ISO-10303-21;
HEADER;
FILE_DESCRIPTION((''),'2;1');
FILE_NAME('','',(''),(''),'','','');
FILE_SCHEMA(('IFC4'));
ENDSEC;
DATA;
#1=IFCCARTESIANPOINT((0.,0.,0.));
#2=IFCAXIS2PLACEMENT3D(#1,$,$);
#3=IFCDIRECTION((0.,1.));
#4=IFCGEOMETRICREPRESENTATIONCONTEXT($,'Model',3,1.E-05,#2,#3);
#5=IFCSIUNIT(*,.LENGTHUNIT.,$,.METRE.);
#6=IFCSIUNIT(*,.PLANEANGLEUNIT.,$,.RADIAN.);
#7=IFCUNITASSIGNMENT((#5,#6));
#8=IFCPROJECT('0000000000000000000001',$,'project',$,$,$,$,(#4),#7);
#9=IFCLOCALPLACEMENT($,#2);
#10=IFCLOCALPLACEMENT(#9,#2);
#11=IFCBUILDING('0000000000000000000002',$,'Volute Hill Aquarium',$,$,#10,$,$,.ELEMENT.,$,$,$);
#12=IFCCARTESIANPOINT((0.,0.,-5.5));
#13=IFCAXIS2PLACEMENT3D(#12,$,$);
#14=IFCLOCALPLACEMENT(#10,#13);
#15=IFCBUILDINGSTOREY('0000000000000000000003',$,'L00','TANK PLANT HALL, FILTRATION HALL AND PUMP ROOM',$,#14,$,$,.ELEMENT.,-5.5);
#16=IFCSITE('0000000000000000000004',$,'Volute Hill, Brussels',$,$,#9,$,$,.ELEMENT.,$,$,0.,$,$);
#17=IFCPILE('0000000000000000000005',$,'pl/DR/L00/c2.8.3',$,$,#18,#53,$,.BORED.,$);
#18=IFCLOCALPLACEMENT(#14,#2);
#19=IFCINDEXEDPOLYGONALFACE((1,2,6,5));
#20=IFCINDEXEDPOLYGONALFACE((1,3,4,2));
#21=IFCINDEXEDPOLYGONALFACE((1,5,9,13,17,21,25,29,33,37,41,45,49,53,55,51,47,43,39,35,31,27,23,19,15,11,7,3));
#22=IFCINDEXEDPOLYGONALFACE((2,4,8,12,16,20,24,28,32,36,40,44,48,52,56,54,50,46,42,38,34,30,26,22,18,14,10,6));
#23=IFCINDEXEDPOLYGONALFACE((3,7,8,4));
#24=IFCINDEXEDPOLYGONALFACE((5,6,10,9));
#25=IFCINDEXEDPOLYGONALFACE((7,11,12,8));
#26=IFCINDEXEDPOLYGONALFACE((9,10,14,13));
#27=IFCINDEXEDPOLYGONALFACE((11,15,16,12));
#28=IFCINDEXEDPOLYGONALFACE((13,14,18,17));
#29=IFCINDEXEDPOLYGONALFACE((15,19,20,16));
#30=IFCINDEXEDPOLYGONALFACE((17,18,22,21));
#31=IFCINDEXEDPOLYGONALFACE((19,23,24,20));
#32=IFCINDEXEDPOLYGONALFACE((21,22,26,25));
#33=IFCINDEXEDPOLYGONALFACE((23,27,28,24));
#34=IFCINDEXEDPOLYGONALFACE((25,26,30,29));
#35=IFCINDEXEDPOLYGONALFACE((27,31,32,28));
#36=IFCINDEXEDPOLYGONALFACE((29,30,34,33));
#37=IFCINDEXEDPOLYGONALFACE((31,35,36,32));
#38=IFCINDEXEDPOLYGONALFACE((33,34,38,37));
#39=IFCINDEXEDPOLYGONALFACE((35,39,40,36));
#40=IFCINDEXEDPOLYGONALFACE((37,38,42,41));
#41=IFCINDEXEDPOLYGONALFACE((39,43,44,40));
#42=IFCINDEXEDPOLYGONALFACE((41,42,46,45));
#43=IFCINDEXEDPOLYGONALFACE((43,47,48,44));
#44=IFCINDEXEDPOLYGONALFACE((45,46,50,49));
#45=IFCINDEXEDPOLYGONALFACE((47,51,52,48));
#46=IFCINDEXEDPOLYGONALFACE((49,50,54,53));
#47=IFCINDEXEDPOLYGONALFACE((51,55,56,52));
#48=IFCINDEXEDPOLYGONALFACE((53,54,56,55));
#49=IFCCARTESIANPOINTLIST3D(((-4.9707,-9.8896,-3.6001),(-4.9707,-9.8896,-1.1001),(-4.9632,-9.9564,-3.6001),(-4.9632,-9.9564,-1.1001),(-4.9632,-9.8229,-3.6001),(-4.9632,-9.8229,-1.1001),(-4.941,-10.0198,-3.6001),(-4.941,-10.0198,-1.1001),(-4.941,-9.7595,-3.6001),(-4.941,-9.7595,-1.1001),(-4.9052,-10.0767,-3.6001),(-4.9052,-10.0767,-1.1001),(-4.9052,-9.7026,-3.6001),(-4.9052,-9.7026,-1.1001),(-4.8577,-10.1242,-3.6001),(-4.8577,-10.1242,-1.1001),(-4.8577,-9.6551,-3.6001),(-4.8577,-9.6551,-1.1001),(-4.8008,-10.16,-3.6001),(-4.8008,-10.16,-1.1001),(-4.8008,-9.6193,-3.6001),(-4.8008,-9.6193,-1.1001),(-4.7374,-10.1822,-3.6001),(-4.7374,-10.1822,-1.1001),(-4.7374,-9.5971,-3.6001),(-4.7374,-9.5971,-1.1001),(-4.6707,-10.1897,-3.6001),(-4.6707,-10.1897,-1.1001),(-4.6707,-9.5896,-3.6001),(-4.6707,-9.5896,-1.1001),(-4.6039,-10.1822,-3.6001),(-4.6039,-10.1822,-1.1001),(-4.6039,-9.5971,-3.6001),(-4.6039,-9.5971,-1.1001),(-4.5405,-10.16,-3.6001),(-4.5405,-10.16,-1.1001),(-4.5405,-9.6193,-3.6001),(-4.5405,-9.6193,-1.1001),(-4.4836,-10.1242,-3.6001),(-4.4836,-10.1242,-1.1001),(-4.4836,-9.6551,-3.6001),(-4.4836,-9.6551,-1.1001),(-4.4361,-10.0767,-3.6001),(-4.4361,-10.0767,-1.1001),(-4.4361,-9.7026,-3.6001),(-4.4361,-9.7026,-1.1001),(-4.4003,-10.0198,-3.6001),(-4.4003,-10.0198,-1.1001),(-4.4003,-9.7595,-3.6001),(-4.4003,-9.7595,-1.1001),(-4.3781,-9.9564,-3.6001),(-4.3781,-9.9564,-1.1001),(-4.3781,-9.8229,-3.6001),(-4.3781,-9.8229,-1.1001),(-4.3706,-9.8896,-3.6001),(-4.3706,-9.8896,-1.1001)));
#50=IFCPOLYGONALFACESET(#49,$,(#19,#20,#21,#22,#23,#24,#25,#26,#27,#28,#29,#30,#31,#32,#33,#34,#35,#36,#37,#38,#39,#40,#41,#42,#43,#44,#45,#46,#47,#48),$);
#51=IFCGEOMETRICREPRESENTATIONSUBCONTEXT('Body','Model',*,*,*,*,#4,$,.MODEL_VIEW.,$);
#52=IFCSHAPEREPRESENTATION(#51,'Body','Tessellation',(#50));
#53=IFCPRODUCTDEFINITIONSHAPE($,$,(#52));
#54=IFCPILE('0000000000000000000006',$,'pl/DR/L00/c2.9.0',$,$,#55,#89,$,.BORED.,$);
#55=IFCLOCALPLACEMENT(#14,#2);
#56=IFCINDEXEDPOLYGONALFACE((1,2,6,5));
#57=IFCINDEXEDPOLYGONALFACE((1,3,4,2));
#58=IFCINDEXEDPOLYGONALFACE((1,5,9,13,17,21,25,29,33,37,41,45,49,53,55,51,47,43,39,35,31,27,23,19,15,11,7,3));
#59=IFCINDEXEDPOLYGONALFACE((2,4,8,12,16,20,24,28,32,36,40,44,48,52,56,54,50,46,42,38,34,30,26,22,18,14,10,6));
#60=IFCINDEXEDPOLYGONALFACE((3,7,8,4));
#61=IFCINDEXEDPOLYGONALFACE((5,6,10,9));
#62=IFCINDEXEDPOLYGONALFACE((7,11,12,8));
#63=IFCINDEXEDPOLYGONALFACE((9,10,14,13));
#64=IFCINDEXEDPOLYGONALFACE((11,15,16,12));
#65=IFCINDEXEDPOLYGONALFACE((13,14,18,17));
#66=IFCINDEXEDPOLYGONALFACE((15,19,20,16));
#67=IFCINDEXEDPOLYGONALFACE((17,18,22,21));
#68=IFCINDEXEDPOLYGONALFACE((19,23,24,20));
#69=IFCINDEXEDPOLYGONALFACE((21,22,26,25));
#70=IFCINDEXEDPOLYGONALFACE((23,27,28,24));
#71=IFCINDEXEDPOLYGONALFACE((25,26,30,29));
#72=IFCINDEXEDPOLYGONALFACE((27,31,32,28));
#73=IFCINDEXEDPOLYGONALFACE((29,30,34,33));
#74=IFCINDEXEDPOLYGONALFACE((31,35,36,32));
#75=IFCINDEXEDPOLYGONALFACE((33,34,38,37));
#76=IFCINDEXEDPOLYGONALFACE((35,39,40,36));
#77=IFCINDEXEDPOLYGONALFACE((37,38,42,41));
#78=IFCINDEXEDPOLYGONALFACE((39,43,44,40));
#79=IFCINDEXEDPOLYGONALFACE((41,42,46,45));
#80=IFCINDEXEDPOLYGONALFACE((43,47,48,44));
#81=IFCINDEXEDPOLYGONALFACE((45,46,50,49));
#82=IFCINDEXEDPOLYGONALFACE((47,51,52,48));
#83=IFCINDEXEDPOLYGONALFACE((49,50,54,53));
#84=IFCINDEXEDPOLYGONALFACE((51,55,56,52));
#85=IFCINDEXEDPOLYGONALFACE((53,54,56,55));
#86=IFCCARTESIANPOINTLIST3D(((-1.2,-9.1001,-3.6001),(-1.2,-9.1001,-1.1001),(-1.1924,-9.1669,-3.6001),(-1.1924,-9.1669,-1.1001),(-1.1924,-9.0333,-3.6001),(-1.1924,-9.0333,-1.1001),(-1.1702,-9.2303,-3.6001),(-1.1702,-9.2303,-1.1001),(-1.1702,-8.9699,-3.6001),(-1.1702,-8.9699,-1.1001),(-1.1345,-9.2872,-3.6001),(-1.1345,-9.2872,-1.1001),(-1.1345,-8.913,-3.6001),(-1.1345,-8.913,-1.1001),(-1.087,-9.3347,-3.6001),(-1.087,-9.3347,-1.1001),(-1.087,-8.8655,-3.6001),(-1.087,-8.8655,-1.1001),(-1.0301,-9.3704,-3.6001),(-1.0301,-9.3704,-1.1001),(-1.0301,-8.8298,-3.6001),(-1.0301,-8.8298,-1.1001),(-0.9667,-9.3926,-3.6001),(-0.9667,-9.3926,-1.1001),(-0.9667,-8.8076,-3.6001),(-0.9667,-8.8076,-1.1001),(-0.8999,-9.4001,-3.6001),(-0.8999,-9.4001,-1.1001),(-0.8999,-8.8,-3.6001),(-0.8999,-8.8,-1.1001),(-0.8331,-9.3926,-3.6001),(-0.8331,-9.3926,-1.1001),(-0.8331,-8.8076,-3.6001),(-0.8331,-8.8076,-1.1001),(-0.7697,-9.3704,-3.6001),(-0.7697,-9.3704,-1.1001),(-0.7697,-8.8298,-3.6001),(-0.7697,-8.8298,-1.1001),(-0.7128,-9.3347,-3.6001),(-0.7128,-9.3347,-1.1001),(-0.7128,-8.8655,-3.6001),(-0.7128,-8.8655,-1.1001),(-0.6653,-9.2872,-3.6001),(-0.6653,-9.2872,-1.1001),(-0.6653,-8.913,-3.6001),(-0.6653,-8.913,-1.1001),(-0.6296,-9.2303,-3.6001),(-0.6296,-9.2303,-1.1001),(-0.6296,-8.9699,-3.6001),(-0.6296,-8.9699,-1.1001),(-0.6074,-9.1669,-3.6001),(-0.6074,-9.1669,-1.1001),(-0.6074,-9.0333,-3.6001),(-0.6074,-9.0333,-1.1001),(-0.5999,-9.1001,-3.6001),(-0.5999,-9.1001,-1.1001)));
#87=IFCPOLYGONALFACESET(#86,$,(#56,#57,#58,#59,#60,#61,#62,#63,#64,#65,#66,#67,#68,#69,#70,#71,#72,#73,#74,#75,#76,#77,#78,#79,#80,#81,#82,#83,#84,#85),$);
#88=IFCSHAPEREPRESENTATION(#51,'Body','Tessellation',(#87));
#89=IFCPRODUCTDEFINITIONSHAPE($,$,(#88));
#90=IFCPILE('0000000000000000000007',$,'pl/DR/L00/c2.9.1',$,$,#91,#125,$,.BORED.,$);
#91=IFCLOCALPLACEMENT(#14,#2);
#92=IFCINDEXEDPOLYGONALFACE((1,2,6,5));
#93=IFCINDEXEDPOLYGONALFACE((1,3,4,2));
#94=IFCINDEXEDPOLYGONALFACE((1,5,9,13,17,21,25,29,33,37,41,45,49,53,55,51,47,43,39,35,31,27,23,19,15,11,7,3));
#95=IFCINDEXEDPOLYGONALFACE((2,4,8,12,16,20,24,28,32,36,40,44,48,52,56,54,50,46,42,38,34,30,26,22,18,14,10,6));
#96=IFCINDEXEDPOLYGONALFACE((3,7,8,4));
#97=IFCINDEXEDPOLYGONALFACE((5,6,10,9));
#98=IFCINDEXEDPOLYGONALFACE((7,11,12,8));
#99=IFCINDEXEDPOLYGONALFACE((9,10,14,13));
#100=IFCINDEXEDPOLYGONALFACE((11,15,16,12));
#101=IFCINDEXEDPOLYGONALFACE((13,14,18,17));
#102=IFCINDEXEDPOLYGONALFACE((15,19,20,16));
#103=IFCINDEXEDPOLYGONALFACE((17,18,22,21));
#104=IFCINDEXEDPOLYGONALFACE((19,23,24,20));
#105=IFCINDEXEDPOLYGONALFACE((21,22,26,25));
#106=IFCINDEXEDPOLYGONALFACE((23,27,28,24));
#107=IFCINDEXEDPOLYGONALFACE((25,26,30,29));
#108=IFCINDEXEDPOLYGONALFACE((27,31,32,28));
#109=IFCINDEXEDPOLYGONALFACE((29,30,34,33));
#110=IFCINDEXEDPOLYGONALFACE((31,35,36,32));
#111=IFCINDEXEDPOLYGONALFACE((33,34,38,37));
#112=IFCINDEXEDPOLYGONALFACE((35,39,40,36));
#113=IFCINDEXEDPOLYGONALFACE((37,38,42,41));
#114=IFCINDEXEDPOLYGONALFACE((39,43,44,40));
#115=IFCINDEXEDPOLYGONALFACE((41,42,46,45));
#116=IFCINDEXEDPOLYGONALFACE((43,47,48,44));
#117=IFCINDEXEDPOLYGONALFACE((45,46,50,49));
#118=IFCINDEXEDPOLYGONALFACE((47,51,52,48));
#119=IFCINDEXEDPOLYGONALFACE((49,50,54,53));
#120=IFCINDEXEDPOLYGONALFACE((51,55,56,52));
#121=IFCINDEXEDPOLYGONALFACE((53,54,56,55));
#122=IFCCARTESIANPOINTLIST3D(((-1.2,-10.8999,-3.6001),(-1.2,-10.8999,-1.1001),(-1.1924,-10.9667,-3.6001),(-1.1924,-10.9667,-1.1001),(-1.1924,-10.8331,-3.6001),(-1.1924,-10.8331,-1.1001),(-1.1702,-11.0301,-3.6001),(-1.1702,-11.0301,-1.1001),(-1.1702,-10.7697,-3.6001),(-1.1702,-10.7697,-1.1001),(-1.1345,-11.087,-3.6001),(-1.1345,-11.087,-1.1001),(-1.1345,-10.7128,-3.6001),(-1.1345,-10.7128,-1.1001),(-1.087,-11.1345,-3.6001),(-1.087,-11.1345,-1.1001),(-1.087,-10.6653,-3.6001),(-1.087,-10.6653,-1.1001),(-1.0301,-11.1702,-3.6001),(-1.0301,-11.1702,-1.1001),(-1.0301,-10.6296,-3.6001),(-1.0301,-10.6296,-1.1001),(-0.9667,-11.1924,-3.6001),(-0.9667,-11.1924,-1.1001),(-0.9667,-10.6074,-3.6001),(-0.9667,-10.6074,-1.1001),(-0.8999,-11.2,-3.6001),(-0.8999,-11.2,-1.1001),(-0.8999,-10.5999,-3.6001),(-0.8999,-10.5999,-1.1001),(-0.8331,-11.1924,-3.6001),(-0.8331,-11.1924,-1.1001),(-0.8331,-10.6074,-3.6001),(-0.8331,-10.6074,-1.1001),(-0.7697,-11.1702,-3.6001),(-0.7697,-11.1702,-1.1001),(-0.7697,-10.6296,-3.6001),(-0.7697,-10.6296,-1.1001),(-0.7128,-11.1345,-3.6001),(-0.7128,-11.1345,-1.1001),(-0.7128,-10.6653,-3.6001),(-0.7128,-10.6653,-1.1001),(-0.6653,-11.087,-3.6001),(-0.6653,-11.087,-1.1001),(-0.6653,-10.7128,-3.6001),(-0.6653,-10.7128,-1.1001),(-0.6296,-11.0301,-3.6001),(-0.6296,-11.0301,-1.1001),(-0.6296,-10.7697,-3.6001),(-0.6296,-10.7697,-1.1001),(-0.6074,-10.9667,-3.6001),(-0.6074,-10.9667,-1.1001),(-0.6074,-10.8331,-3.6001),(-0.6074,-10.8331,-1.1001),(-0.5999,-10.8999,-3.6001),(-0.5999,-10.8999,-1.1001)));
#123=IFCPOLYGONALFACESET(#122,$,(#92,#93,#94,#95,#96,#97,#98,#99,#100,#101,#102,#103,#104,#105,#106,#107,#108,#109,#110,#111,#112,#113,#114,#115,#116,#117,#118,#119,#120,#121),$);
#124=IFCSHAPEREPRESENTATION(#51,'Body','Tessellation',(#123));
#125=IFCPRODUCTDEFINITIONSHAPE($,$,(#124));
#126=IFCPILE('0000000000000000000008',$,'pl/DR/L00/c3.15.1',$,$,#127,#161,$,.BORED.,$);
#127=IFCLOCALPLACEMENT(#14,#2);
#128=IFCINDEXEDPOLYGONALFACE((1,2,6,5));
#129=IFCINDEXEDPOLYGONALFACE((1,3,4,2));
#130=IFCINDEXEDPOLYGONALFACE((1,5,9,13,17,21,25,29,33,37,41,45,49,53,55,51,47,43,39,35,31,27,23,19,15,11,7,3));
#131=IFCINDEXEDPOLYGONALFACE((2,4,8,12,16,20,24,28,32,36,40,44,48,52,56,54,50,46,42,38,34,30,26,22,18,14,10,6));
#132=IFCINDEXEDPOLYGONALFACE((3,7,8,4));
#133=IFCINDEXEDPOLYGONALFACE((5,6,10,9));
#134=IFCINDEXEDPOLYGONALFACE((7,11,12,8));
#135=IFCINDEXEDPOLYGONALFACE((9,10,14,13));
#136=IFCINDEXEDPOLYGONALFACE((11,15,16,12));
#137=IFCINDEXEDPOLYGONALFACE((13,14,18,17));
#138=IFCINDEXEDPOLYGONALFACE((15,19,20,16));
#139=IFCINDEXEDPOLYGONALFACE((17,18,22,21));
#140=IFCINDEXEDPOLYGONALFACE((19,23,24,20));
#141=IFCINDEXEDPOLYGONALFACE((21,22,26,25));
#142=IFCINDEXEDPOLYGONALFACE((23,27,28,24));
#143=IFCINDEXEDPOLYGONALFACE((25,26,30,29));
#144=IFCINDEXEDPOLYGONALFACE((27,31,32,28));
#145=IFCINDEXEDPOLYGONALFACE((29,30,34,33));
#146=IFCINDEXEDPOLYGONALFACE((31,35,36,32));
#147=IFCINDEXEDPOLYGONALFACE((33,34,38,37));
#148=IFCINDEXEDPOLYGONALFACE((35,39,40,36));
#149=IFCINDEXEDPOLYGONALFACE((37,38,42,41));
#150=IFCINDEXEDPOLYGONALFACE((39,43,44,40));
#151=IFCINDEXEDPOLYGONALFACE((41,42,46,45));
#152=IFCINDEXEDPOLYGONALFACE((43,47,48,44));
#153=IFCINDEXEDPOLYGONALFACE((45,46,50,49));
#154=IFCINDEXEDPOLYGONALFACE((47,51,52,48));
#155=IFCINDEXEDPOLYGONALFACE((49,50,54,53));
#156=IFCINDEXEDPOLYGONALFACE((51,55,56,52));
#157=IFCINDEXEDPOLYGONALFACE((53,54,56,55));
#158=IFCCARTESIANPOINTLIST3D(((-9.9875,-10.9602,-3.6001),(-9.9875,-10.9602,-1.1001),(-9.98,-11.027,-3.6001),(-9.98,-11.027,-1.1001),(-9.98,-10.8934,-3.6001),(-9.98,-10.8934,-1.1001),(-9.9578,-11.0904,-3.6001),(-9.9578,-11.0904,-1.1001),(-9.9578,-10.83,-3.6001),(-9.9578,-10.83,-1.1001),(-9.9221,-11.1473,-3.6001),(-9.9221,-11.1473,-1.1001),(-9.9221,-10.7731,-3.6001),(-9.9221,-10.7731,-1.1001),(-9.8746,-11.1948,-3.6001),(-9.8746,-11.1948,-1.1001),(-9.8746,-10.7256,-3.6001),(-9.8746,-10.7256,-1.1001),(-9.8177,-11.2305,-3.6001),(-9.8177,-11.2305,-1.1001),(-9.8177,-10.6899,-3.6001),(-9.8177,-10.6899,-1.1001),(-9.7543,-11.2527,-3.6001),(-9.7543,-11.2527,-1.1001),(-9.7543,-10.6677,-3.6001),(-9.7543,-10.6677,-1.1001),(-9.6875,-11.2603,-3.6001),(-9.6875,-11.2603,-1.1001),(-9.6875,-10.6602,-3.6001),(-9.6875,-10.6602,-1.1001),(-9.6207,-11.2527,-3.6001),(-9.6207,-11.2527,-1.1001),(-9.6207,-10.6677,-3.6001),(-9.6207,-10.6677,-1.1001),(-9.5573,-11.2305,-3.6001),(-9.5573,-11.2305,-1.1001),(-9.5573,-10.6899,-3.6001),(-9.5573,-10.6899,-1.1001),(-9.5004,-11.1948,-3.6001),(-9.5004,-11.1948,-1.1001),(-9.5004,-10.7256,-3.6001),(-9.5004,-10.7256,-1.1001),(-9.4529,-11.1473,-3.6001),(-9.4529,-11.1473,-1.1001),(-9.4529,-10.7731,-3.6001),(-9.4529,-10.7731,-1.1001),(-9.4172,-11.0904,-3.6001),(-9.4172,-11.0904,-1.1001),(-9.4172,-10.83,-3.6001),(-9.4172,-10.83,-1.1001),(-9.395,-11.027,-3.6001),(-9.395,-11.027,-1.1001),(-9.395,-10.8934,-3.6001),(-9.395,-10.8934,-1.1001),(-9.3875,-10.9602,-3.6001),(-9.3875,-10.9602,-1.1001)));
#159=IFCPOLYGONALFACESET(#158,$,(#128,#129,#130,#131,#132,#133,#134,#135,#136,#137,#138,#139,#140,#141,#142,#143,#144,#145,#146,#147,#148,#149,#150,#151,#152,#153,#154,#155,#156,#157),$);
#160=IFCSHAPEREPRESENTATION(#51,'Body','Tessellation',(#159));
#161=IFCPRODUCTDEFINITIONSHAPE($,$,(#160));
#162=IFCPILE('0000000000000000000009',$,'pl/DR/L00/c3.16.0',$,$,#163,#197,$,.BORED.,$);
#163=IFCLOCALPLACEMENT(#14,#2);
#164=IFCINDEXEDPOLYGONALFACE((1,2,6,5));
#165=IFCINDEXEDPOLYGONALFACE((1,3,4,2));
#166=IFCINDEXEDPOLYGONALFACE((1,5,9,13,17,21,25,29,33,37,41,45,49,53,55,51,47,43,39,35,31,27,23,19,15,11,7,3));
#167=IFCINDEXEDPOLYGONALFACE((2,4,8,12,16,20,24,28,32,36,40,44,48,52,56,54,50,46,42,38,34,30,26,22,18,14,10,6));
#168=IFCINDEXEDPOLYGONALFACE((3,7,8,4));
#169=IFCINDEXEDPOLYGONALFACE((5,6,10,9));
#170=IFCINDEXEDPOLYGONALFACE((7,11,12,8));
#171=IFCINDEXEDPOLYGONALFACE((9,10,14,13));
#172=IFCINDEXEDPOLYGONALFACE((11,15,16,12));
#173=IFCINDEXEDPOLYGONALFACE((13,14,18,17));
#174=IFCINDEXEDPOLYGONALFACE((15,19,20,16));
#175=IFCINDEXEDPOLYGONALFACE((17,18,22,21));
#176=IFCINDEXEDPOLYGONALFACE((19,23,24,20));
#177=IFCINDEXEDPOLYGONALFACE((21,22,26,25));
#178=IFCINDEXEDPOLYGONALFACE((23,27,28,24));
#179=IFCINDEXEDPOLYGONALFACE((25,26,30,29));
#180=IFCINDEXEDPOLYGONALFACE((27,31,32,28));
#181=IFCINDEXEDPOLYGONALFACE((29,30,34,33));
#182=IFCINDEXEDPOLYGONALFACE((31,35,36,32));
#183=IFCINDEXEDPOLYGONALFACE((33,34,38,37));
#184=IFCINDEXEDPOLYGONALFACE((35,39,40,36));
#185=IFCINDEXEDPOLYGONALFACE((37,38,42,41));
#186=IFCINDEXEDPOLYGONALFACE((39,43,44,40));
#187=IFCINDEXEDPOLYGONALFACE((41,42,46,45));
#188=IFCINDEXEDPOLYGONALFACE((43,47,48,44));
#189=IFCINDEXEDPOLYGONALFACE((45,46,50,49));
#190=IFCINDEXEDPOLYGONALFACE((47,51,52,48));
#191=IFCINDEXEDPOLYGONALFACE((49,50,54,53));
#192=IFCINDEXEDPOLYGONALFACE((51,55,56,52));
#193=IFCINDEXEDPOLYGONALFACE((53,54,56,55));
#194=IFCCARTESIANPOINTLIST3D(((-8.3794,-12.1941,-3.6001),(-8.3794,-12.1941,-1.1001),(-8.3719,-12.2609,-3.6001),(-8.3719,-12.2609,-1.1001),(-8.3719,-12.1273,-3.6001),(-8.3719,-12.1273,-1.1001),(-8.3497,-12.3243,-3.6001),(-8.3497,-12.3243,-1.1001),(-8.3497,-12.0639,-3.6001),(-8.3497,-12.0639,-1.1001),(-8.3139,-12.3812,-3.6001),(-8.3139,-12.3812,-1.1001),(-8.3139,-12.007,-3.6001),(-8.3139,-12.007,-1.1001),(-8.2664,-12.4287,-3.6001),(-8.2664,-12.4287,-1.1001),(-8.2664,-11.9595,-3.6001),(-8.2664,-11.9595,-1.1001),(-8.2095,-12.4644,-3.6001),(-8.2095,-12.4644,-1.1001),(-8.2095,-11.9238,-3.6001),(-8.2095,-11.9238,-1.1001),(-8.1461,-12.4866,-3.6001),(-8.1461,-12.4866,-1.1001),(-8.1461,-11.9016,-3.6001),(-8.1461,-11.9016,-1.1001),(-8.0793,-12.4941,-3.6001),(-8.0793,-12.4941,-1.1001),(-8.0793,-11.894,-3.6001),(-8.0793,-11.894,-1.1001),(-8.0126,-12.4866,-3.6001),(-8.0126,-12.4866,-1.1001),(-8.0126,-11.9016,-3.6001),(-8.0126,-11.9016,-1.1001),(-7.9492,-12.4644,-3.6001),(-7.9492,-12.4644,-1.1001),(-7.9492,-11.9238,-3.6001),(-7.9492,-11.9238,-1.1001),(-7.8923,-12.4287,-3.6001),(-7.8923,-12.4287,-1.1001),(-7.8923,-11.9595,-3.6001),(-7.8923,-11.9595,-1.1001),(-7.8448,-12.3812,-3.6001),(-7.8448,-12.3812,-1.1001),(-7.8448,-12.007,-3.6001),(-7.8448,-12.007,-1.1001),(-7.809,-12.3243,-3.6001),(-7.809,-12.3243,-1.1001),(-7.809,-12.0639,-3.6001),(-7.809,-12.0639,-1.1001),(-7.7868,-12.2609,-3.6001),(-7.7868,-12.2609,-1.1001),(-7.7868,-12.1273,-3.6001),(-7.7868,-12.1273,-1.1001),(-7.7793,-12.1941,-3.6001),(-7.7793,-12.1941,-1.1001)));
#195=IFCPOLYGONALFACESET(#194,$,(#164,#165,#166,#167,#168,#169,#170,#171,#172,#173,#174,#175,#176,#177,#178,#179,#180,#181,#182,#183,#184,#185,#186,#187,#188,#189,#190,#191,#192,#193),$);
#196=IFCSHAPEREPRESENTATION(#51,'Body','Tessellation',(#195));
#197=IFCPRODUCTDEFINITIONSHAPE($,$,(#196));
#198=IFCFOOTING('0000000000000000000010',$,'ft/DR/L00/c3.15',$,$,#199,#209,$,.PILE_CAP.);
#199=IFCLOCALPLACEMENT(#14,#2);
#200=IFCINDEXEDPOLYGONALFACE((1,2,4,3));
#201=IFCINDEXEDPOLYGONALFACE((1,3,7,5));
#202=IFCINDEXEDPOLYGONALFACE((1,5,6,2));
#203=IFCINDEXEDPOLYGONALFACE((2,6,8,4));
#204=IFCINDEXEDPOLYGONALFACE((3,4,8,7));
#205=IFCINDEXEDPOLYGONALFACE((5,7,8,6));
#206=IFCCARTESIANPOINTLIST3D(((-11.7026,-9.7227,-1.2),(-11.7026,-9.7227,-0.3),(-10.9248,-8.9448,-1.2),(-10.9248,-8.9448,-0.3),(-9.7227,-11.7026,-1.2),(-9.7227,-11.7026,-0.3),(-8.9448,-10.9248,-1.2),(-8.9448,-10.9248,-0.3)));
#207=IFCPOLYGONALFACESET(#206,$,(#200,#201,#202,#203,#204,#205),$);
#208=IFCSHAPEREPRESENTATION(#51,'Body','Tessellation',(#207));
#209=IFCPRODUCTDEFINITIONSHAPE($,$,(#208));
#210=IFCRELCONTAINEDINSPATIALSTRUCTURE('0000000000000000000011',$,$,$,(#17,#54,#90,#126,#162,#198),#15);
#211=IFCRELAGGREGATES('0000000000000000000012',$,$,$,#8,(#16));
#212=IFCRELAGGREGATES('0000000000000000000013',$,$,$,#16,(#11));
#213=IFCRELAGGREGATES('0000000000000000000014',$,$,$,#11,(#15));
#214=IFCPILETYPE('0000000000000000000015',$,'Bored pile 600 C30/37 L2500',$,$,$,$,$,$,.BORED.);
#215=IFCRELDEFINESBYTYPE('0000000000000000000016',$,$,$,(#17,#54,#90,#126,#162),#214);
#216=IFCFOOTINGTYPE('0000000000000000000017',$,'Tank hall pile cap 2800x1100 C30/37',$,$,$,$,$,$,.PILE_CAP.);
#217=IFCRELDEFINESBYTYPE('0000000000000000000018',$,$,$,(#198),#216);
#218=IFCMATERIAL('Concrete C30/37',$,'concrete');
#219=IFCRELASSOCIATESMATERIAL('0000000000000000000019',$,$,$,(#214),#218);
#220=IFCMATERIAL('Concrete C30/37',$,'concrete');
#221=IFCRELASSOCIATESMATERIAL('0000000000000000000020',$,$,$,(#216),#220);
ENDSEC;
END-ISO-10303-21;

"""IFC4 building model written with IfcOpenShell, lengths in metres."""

from ifc_helpers import new_model, si_unit, direction, frame, origin, origin_2d, place, context, subcontext, project, spatial, rectangle, circle, extrude, material, type_object, element, save


model = new_model("IFC4")

# Units and contexts
model_context = context("Model", 3, precision=1e-05, world=origin(), true_north=direction((0.0, 1.0)))
body_context = subcontext(model_context, "Body", "Model", "MODEL_VIEW")
ifc_project = project(units=[si_unit("LENGTHUNIT", "METRE"), si_unit("PLANEANGLEUNIT", "RADIAN")], contexts=[model_context])

# Site, building, storey
site_placement = place(None, origin())
site = spatial("IfcSite", under=ifc_project, at=site_placement, Name="Volute Hill, Brussels", CompositionType="ELEMENT", RefElevation=0.0)
building_placement = place(site_placement, origin())
building = spatial("IfcBuilding", under=site, at=building_placement, Name="Volute Hill Aquarium", CompositionType="ELEMENT")
storey_placement = place(building_placement, frame((0.0, 0.0, -5.5)))
storey = spatial("IfcBuildingStorey", under=building, at=storey_placement, Name="L00", Description="TANK PLANT HALL, FILTRATION HALL AND PUMP ROOM", CompositionType="ELEMENT", Elevation=-5.5)

# Piles
ifc_material_1 = material(Name="Concrete C30/37", Category="concrete")
pile_type = type_object("IfcPileType", Name="Bored pile 600 C30/37 L2500", PredefinedType="BORED", material=ifc_material_1)
for number, where, z_axis, x_axis, name in (
    (1, (-4.6707, -9.8896, -1.1001), (0.0, 0.0, -1.0), (1.0, 0.0, 0.0), "pl/DR/L00/c2.8.3"),
    (2, (-0.8999, -9.1001, -1.1001), (0.0, 0.0, -1.0), (1.0, 0.0, 0.0), "pl/DR/L00/c2.9.0"),
    (3, (-0.8999, -10.8999, -1.1001), (0.0, 0.0, -1.0), (1.0, 0.0, 0.0), "pl/DR/L00/c2.9.1"),
    (4, (-9.6875, -10.9602, -1.1001), (0.0, 0.0, -1.0), (1.0, 0.0, 0.0), "pl/DR/L00/c3.15.1"),
    (5, (-8.0793, -12.1941, -1.1001), (0.0, 0.0, -1.0), (1.0, 0.0, 0.0), "pl/DR/L00/c3.16.0"),
):
    element("IfcPile", number, at=place(storey_placement, frame(where, z_axis=z_axis, x_axis=x_axis)), inside=storey, type_object=pile_type, Name=name, PredefinedType="BORED", context=body_context, shape_type="SweptSolid", body=[
        extrude(circle(Radius=0.3, at=origin_2d()), origin(), (0.0, 0.0, 1.0), 2.5),
    ])

# Footing
ifc_material_2 = material(Name="Concrete C30/37", Category="concrete")
footing_type_1 = type_object("IfcFootingType", Name="Tank hall pile cap 2800x1100 C30/37", PredefinedType="PILE_CAP", material=ifc_material_2)
footing_placement = place(storey_placement, frame((-10.3237, -10.3237, -1.2), z_axis=(0.0, 0.0, 1.0), x_axis=(0.707107, -0.707107, 0.0)))
element("IfcFooting", 6, at=footing_placement, inside=storey, type_object=footing_type_1, Name="ft/DR/L00/c3.15", PredefinedType="PILE_CAP", context=body_context, shape_type="SweptSolid", body=[
    extrude(rectangle(XDim=2.8, YDim=1.1001, at=origin_2d()), origin(), (0.0, 0.0, 1.0), 0.8999),
])

save(model, "model.ifc")
